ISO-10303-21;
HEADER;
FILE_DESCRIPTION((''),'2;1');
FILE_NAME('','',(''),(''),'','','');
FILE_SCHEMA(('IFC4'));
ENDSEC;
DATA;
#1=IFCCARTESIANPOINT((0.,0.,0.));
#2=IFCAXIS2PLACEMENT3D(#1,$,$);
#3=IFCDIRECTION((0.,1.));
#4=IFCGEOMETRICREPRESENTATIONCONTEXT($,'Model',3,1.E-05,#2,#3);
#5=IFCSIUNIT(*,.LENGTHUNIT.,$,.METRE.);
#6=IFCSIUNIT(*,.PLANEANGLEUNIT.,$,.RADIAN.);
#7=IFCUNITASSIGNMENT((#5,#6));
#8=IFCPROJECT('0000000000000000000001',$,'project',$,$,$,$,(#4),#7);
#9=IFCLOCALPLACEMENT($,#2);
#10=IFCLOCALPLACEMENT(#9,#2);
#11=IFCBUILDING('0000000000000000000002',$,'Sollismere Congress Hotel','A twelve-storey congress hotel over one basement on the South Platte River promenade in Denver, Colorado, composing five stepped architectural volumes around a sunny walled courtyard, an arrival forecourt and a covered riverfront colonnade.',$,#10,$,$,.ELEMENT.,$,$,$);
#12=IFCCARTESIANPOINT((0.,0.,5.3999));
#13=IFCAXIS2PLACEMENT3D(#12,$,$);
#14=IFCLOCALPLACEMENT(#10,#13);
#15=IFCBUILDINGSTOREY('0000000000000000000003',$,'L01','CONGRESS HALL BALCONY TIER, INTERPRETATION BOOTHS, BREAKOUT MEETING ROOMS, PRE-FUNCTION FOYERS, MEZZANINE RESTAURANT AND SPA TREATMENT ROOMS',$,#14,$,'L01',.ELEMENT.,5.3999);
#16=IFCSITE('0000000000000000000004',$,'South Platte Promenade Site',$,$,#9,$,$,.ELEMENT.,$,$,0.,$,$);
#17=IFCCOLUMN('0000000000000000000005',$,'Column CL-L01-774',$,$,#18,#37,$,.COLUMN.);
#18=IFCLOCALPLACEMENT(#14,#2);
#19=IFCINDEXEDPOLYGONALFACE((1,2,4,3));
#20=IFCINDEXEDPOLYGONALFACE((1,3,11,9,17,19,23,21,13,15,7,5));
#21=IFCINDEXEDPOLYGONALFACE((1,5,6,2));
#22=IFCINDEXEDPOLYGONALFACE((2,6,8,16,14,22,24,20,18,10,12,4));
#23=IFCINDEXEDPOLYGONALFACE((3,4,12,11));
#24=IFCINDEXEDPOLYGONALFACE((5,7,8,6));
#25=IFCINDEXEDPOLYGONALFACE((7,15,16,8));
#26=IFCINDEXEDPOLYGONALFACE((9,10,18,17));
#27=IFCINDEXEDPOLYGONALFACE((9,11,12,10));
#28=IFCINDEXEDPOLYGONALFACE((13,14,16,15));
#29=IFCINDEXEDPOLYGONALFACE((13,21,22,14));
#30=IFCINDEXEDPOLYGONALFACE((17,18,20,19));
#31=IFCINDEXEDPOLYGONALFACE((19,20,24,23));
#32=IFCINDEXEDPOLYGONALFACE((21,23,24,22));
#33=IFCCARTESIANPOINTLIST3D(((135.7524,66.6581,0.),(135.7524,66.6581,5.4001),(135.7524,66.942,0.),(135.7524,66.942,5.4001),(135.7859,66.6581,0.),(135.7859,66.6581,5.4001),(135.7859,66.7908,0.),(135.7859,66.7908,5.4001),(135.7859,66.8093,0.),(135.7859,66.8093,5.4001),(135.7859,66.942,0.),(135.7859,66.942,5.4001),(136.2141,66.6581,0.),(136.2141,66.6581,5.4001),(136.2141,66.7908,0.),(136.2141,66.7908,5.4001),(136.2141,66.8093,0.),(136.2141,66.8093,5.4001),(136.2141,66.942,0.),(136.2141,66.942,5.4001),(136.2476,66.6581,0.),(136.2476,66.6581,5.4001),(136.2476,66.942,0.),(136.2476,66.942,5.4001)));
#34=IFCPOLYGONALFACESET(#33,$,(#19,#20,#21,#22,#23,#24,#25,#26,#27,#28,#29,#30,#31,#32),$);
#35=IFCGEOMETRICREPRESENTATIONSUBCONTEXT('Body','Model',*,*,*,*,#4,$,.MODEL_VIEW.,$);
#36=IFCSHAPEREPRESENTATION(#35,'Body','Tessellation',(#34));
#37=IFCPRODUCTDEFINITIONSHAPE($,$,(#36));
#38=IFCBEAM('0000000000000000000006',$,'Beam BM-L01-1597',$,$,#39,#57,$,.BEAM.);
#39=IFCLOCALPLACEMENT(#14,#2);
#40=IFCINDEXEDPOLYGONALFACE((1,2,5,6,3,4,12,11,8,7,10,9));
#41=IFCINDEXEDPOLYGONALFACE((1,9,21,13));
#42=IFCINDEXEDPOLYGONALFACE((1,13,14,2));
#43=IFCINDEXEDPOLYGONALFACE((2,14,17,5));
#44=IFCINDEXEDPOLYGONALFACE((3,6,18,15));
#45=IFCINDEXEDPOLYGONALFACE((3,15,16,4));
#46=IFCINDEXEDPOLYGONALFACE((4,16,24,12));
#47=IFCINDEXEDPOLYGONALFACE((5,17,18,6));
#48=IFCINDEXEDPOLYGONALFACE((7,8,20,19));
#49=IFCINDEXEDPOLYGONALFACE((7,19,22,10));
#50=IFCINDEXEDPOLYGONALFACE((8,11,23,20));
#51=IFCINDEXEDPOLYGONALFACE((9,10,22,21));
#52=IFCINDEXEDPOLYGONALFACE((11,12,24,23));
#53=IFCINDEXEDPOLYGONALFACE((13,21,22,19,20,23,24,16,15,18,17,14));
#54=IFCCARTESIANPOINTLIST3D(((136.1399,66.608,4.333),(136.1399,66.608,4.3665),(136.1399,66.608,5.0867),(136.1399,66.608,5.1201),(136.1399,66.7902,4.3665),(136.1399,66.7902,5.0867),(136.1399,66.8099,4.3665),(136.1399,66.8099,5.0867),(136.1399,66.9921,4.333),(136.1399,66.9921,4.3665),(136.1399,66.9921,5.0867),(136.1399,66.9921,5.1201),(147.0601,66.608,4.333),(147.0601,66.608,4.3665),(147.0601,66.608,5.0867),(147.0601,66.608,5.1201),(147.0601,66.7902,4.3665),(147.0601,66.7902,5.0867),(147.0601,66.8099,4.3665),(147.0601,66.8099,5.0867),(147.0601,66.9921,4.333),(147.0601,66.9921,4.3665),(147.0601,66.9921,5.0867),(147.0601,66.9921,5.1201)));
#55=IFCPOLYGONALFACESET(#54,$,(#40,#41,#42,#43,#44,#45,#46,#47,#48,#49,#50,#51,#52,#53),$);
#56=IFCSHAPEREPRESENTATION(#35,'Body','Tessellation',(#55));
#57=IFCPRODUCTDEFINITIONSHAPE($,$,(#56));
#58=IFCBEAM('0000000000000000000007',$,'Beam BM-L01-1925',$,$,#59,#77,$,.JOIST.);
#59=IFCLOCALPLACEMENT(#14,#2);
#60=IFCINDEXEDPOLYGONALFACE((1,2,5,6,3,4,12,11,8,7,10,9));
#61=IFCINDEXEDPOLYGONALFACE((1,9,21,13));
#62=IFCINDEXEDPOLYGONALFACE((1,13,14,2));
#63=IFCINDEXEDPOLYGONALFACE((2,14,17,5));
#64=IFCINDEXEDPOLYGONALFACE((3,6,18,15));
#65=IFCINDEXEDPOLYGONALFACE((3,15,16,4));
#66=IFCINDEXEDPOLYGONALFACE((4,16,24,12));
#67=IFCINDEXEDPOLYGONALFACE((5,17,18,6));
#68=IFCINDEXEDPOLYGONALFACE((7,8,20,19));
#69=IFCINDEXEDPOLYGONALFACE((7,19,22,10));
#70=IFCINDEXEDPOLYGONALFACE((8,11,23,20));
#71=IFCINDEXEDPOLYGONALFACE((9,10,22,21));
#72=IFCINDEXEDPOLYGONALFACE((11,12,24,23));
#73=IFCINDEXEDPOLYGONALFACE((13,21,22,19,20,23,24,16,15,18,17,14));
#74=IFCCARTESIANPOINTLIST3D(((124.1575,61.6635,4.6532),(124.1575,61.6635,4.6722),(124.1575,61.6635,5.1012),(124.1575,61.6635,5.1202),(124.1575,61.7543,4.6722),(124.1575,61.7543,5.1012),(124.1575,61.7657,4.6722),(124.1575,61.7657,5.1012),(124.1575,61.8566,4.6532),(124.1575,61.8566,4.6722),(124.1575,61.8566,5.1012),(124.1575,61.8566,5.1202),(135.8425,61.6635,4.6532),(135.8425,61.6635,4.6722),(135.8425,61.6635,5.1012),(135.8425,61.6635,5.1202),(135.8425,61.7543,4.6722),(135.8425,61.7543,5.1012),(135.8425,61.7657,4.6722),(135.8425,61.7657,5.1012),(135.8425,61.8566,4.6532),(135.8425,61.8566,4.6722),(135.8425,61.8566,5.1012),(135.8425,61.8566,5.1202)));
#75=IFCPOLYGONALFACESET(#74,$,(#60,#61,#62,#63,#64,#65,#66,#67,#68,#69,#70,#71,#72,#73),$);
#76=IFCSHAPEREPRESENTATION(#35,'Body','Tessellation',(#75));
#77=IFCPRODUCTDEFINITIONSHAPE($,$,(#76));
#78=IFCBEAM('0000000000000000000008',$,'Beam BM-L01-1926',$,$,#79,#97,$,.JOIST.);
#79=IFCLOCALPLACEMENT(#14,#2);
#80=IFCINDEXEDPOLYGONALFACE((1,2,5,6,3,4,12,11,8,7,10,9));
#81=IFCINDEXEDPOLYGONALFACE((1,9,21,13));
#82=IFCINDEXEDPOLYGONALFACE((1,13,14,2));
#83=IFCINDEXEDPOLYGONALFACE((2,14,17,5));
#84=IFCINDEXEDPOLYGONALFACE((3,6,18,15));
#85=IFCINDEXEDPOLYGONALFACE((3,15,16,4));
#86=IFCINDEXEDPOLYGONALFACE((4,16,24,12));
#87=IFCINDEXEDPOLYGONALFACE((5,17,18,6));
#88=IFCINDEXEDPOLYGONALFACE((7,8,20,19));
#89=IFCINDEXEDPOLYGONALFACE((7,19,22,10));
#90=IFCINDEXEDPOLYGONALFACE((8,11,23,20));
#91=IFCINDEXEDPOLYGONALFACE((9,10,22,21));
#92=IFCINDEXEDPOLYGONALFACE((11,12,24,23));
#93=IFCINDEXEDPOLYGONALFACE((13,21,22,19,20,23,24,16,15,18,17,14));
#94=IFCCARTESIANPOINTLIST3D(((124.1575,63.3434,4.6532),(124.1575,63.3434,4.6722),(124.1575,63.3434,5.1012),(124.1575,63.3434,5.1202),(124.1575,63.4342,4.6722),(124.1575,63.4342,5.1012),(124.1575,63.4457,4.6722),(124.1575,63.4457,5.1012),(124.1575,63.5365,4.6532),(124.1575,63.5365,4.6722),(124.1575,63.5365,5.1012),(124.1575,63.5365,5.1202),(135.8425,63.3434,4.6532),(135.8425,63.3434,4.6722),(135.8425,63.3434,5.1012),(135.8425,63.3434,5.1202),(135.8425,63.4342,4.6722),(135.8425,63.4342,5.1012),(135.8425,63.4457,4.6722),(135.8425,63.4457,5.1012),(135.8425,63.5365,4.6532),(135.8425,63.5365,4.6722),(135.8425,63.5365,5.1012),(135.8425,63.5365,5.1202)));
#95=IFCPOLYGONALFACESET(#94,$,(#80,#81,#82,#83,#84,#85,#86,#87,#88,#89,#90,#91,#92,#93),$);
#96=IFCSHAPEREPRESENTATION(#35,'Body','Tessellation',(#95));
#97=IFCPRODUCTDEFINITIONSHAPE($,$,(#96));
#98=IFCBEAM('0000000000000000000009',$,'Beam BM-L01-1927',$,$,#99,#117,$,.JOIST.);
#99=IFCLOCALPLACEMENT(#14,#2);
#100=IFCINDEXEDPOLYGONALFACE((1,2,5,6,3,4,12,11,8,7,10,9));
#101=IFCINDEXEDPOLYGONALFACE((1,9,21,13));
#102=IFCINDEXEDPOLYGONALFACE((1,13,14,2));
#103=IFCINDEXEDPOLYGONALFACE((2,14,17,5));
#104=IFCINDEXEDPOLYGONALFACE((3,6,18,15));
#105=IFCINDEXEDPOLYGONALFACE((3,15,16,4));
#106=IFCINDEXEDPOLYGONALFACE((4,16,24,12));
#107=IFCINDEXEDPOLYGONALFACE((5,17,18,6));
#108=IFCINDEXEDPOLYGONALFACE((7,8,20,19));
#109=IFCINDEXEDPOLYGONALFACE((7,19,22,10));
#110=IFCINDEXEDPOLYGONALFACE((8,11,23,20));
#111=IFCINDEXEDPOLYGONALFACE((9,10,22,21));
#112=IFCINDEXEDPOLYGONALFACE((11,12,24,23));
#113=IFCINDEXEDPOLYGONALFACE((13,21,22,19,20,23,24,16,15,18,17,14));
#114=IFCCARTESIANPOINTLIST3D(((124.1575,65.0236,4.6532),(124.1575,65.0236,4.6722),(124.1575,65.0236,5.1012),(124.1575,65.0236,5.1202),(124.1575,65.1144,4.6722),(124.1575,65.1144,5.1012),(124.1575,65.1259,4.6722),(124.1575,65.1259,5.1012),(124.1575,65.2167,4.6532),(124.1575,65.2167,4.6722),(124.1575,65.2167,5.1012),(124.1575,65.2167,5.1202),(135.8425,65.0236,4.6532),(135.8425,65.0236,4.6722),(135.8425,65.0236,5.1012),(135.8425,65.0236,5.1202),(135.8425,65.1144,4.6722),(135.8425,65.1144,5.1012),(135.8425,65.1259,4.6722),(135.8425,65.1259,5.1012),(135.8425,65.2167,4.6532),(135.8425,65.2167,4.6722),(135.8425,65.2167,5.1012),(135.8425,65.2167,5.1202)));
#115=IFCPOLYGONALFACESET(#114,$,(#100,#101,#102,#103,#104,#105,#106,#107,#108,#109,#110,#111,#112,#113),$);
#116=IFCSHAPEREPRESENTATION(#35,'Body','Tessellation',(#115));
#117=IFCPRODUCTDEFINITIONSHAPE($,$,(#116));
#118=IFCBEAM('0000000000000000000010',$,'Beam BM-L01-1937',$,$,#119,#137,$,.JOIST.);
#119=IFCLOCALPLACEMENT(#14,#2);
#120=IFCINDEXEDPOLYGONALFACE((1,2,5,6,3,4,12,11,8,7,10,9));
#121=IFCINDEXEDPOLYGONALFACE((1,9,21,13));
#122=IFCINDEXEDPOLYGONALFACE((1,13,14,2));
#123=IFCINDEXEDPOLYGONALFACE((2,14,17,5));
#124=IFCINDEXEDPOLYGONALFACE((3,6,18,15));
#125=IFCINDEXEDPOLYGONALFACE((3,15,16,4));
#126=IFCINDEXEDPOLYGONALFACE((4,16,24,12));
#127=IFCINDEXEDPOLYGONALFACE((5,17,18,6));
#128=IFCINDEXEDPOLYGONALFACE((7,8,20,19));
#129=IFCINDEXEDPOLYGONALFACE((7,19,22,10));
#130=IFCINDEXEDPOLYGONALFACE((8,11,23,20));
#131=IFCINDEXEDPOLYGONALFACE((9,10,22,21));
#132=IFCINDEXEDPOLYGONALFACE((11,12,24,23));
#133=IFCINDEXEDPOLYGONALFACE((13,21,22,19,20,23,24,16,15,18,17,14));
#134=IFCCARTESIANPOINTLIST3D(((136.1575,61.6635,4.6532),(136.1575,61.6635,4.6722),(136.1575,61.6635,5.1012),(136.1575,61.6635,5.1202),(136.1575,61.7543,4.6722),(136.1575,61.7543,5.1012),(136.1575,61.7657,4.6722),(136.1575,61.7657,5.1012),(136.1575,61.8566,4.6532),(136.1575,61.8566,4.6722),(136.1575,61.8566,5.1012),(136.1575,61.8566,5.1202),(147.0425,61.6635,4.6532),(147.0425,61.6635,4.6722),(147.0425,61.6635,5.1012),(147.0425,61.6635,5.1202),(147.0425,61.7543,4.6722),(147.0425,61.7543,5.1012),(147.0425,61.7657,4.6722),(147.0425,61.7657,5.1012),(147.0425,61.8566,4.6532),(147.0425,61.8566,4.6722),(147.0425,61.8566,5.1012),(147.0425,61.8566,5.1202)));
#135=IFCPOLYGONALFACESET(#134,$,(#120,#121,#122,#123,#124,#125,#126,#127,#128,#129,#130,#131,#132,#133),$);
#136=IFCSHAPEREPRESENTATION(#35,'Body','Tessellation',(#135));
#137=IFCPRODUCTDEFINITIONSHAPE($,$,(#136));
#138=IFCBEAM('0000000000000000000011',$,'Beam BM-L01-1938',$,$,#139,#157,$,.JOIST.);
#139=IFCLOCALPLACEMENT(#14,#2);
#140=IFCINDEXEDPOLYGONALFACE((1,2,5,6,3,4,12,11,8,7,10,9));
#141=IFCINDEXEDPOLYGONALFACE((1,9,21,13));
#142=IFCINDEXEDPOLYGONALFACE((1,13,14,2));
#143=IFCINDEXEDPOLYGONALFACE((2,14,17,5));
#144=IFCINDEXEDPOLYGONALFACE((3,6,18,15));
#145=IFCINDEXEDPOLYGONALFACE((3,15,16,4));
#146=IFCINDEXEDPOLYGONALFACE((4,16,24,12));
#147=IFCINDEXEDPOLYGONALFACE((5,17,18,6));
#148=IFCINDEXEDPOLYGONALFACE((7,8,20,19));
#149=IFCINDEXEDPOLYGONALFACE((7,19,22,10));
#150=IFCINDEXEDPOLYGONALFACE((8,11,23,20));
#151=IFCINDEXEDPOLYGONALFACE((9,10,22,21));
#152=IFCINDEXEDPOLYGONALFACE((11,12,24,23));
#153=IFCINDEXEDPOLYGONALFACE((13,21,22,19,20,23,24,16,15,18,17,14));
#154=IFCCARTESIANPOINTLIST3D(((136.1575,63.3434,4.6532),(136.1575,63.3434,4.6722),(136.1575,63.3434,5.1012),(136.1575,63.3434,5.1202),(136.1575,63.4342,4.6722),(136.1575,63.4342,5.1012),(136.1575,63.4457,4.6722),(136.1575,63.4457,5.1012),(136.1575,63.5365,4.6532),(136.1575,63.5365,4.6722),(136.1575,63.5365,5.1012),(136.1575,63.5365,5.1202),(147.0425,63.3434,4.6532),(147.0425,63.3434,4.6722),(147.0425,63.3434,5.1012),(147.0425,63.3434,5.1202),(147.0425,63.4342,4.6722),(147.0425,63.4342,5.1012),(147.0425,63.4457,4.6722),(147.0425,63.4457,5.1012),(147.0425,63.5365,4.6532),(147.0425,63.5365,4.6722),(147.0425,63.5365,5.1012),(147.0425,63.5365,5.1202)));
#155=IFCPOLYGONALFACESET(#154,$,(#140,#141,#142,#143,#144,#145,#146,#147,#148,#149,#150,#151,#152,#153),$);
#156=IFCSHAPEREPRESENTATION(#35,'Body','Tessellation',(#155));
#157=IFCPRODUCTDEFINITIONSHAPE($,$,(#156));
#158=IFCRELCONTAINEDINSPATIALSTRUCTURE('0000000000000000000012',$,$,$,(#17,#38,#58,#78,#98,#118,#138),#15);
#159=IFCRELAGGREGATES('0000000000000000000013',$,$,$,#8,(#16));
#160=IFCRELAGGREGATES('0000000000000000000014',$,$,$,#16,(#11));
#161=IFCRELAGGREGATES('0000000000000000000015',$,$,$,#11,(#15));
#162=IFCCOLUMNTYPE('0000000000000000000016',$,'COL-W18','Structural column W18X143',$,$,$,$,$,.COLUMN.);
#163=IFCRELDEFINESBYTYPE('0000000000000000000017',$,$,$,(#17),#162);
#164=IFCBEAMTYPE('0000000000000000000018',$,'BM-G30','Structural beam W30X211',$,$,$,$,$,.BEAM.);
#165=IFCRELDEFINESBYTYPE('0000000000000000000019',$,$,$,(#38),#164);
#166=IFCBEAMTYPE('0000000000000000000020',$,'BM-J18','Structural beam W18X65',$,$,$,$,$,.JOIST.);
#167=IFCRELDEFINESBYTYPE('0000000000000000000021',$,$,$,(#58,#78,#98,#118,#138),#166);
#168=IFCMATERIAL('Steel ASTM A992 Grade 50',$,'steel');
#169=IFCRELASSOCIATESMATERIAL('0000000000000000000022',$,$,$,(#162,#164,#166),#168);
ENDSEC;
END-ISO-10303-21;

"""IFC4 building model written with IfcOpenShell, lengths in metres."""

from ifc_helpers import new_model, si_unit, direction, frame, origin, origin_2d, place, context, subcontext, project, spatial, i_section, extrude, material, material_profile, profile_set, type_object, element, save


model = new_model("IFC4")

# Units and contexts
model_context = context("Model", 3, precision=1e-05, world=origin(), true_north=direction((0.0, 1.0)))
body_context = subcontext(model_context, "Body", "Model", "MODEL_VIEW")
ifc_project = project(units=[si_unit("LENGTHUNIT", "METRE"), si_unit("PLANEANGLEUNIT", "RADIAN")], contexts=[model_context])

# Site, building, storey
site_placement = place(None, origin())
site = spatial("IfcSite", under=ifc_project, at=site_placement, Name="South Platte Promenade Site", CompositionType="ELEMENT", RefElevation=0.0)
building_placement = place(site_placement, origin())
building = spatial("IfcBuilding", under=site, at=building_placement, Name="Sollismere Congress Hotel", Description="A twelve-storey congress hotel over one basement on the South Platte River promenade in Denver, Colorado, composing five stepped architectural volumes around a sunny walled courtyard, an arrival forecourt and a covered riverfront colonnade.", CompositionType="ELEMENT")
storey_placement = place(building_placement, frame((0.0, 0.0, 5.3999)))
storey = spatial("IfcBuildingStorey", under=building, at=storey_placement, Name="L01", Description="CONGRESS HALL BALCONY TIER, INTERPRETATION BOOTHS, BREAKOUT MEETING ROOMS, PRE-FUNCTION FOYERS, MEZZANINE RESTAURANT AND SPA TREATMENT ROOMS", LongName="L01", CompositionType="ELEMENT", Elevation=5.3999)

# Column
ifc_material_1 = material(Name="Steel ASTM A992 Grade 50", Category="steel")
ifc_material_profile_1 = material_profile(ifc_material_1, i_section(OverallWidth=0.2839, OverallDepth=0.4951, WebThickness=0.0186, FlangeThickness=0.0334, at=origin_2d()), Name="W18X143")
ifc_profile_set_1 = profile_set([ifc_material_profile_1], Name="Steel ASTM A992 Grade 50")
column_type = type_object("IfcColumnType", Name="COL-W18", Description="Structural column W18X143", PredefinedType="COLUMN", material=ifc_profile_set_1)
column_placement = place(storey_placement, frame((136.0, 66.8, 0.0), z_axis=(0.0, 0.0, 1.0), x_axis=(0.0, 1.0, 0.0)))
element("IfcColumn", 1, at=column_placement, inside=storey, type_object=column_type, Name="Column CL-L01-774", PredefinedType="COLUMN", context=body_context, shape_type="SweptSolid", body=[
    extrude(i_section(OverallWidth=0.2839, OverallDepth=0.4951, WebThickness=0.0186, FlangeThickness=0.0334, at=origin_2d()), origin(), (0.0, 0.0, 1.0), 5.4001),
])

# Beams
ifc_material_profile_2 = material_profile(ifc_material_1, i_section(OverallWidth=0.384, OverallDepth=0.7871, WebThickness=0.0198, FlangeThickness=0.0334, at=origin_2d()), Name="W30X211")
ifc_profile_set_2 = profile_set([ifc_material_profile_2], Name="Steel ASTM A992 Grade 50")
beam_type_1 = type_object("IfcBeamType", Name="BM-G30", Description="Structural beam W30X211", PredefinedType="BEAM", material=ifc_profile_set_2)
beam_placement = place(storey_placement, frame((136.1399, 66.8, 4.7266), z_axis=(1.0, 0.0, 0.0), x_axis=(0.0, 1.0, 0.0)))
element("IfcBeam", 2, at=beam_placement, inside=storey, type_object=beam_type_1, Name="Beam BM-L01-1597", PredefinedType="BEAM", context=body_context, shape_type="SweptSolid", body=[
    extrude(i_section(OverallWidth=0.384, OverallDepth=0.7871, WebThickness=0.0198, FlangeThickness=0.0334, at=origin_2d()), origin(), (0.0, 0.0, 1.0), 10.9202),
])
ifc_material_profile_3 = material_profile(ifc_material_1, i_section(OverallWidth=0.1931, OverallDepth=0.467, WebThickness=0.0115, FlangeThickness=0.019, at=origin_2d()), Name="W18X65")
ifc_profile_set_3 = profile_set([ifc_material_profile_3], Name="Steel ASTM A992 Grade 50")
beam_type_2 = type_object("IfcBeamType", Name="BM-J18", Description="Structural beam W18X65", PredefinedType="JOIST", material=ifc_profile_set_3)
for number, where, z_axis, x_axis, name in (
    (3, (124.1575, 61.76, 4.8867), (1.0, 0.0, 0.0), (0.0, 1.0, 0.0), "Beam BM-L01-1925"),
    (4, (124.1575, 63.4399, 4.8867), (1.0, 0.0, 0.0), (0.0, 1.0, 0.0), "Beam BM-L01-1926"),
    (5, (124.1575, 65.1201, 4.8867), (1.0, 0.0, 0.0), (0.0, 1.0, 0.0), "Beam BM-L01-1927"),
):
    element("IfcBeam", number, at=place(storey_placement, frame(where, z_axis=z_axis, x_axis=x_axis)), inside=storey, type_object=beam_type_2, Name=name, PredefinedType="JOIST", context=body_context, shape_type="SweptSolid", body=[
        extrude(i_section(OverallWidth=0.1931, OverallDepth=0.467, WebThickness=0.0115, FlangeThickness=0.019, at=origin_2d()), origin(), (0.0, 0.0, 1.0), 11.6851),
    ])
for number, where, z_axis, x_axis, name in (
    (6, (136.1575, 61.76, 4.8867), (1.0, 0.0, 0.0), (0.0, 1.0, 0.0), "Beam BM-L01-1937"),
    (7, (136.1575, 63.4399, 4.8867), (1.0, 0.0, 0.0), (0.0, 1.0, 0.0), "Beam BM-L01-1938"),
):
    element("IfcBeam", number, at=place(storey_placement, frame(where, z_axis=z_axis, x_axis=x_axis)), inside=storey, type_object=beam_type_2, Name=name, PredefinedType="JOIST", context=body_context, shape_type="SweptSolid", body=[
        extrude(i_section(OverallWidth=0.1931, OverallDepth=0.467, WebThickness=0.0115, FlangeThickness=0.019, at=origin_2d()), origin(), (0.0, 0.0, 1.0), 10.885),
    ])

save(model, "model.ifc")
